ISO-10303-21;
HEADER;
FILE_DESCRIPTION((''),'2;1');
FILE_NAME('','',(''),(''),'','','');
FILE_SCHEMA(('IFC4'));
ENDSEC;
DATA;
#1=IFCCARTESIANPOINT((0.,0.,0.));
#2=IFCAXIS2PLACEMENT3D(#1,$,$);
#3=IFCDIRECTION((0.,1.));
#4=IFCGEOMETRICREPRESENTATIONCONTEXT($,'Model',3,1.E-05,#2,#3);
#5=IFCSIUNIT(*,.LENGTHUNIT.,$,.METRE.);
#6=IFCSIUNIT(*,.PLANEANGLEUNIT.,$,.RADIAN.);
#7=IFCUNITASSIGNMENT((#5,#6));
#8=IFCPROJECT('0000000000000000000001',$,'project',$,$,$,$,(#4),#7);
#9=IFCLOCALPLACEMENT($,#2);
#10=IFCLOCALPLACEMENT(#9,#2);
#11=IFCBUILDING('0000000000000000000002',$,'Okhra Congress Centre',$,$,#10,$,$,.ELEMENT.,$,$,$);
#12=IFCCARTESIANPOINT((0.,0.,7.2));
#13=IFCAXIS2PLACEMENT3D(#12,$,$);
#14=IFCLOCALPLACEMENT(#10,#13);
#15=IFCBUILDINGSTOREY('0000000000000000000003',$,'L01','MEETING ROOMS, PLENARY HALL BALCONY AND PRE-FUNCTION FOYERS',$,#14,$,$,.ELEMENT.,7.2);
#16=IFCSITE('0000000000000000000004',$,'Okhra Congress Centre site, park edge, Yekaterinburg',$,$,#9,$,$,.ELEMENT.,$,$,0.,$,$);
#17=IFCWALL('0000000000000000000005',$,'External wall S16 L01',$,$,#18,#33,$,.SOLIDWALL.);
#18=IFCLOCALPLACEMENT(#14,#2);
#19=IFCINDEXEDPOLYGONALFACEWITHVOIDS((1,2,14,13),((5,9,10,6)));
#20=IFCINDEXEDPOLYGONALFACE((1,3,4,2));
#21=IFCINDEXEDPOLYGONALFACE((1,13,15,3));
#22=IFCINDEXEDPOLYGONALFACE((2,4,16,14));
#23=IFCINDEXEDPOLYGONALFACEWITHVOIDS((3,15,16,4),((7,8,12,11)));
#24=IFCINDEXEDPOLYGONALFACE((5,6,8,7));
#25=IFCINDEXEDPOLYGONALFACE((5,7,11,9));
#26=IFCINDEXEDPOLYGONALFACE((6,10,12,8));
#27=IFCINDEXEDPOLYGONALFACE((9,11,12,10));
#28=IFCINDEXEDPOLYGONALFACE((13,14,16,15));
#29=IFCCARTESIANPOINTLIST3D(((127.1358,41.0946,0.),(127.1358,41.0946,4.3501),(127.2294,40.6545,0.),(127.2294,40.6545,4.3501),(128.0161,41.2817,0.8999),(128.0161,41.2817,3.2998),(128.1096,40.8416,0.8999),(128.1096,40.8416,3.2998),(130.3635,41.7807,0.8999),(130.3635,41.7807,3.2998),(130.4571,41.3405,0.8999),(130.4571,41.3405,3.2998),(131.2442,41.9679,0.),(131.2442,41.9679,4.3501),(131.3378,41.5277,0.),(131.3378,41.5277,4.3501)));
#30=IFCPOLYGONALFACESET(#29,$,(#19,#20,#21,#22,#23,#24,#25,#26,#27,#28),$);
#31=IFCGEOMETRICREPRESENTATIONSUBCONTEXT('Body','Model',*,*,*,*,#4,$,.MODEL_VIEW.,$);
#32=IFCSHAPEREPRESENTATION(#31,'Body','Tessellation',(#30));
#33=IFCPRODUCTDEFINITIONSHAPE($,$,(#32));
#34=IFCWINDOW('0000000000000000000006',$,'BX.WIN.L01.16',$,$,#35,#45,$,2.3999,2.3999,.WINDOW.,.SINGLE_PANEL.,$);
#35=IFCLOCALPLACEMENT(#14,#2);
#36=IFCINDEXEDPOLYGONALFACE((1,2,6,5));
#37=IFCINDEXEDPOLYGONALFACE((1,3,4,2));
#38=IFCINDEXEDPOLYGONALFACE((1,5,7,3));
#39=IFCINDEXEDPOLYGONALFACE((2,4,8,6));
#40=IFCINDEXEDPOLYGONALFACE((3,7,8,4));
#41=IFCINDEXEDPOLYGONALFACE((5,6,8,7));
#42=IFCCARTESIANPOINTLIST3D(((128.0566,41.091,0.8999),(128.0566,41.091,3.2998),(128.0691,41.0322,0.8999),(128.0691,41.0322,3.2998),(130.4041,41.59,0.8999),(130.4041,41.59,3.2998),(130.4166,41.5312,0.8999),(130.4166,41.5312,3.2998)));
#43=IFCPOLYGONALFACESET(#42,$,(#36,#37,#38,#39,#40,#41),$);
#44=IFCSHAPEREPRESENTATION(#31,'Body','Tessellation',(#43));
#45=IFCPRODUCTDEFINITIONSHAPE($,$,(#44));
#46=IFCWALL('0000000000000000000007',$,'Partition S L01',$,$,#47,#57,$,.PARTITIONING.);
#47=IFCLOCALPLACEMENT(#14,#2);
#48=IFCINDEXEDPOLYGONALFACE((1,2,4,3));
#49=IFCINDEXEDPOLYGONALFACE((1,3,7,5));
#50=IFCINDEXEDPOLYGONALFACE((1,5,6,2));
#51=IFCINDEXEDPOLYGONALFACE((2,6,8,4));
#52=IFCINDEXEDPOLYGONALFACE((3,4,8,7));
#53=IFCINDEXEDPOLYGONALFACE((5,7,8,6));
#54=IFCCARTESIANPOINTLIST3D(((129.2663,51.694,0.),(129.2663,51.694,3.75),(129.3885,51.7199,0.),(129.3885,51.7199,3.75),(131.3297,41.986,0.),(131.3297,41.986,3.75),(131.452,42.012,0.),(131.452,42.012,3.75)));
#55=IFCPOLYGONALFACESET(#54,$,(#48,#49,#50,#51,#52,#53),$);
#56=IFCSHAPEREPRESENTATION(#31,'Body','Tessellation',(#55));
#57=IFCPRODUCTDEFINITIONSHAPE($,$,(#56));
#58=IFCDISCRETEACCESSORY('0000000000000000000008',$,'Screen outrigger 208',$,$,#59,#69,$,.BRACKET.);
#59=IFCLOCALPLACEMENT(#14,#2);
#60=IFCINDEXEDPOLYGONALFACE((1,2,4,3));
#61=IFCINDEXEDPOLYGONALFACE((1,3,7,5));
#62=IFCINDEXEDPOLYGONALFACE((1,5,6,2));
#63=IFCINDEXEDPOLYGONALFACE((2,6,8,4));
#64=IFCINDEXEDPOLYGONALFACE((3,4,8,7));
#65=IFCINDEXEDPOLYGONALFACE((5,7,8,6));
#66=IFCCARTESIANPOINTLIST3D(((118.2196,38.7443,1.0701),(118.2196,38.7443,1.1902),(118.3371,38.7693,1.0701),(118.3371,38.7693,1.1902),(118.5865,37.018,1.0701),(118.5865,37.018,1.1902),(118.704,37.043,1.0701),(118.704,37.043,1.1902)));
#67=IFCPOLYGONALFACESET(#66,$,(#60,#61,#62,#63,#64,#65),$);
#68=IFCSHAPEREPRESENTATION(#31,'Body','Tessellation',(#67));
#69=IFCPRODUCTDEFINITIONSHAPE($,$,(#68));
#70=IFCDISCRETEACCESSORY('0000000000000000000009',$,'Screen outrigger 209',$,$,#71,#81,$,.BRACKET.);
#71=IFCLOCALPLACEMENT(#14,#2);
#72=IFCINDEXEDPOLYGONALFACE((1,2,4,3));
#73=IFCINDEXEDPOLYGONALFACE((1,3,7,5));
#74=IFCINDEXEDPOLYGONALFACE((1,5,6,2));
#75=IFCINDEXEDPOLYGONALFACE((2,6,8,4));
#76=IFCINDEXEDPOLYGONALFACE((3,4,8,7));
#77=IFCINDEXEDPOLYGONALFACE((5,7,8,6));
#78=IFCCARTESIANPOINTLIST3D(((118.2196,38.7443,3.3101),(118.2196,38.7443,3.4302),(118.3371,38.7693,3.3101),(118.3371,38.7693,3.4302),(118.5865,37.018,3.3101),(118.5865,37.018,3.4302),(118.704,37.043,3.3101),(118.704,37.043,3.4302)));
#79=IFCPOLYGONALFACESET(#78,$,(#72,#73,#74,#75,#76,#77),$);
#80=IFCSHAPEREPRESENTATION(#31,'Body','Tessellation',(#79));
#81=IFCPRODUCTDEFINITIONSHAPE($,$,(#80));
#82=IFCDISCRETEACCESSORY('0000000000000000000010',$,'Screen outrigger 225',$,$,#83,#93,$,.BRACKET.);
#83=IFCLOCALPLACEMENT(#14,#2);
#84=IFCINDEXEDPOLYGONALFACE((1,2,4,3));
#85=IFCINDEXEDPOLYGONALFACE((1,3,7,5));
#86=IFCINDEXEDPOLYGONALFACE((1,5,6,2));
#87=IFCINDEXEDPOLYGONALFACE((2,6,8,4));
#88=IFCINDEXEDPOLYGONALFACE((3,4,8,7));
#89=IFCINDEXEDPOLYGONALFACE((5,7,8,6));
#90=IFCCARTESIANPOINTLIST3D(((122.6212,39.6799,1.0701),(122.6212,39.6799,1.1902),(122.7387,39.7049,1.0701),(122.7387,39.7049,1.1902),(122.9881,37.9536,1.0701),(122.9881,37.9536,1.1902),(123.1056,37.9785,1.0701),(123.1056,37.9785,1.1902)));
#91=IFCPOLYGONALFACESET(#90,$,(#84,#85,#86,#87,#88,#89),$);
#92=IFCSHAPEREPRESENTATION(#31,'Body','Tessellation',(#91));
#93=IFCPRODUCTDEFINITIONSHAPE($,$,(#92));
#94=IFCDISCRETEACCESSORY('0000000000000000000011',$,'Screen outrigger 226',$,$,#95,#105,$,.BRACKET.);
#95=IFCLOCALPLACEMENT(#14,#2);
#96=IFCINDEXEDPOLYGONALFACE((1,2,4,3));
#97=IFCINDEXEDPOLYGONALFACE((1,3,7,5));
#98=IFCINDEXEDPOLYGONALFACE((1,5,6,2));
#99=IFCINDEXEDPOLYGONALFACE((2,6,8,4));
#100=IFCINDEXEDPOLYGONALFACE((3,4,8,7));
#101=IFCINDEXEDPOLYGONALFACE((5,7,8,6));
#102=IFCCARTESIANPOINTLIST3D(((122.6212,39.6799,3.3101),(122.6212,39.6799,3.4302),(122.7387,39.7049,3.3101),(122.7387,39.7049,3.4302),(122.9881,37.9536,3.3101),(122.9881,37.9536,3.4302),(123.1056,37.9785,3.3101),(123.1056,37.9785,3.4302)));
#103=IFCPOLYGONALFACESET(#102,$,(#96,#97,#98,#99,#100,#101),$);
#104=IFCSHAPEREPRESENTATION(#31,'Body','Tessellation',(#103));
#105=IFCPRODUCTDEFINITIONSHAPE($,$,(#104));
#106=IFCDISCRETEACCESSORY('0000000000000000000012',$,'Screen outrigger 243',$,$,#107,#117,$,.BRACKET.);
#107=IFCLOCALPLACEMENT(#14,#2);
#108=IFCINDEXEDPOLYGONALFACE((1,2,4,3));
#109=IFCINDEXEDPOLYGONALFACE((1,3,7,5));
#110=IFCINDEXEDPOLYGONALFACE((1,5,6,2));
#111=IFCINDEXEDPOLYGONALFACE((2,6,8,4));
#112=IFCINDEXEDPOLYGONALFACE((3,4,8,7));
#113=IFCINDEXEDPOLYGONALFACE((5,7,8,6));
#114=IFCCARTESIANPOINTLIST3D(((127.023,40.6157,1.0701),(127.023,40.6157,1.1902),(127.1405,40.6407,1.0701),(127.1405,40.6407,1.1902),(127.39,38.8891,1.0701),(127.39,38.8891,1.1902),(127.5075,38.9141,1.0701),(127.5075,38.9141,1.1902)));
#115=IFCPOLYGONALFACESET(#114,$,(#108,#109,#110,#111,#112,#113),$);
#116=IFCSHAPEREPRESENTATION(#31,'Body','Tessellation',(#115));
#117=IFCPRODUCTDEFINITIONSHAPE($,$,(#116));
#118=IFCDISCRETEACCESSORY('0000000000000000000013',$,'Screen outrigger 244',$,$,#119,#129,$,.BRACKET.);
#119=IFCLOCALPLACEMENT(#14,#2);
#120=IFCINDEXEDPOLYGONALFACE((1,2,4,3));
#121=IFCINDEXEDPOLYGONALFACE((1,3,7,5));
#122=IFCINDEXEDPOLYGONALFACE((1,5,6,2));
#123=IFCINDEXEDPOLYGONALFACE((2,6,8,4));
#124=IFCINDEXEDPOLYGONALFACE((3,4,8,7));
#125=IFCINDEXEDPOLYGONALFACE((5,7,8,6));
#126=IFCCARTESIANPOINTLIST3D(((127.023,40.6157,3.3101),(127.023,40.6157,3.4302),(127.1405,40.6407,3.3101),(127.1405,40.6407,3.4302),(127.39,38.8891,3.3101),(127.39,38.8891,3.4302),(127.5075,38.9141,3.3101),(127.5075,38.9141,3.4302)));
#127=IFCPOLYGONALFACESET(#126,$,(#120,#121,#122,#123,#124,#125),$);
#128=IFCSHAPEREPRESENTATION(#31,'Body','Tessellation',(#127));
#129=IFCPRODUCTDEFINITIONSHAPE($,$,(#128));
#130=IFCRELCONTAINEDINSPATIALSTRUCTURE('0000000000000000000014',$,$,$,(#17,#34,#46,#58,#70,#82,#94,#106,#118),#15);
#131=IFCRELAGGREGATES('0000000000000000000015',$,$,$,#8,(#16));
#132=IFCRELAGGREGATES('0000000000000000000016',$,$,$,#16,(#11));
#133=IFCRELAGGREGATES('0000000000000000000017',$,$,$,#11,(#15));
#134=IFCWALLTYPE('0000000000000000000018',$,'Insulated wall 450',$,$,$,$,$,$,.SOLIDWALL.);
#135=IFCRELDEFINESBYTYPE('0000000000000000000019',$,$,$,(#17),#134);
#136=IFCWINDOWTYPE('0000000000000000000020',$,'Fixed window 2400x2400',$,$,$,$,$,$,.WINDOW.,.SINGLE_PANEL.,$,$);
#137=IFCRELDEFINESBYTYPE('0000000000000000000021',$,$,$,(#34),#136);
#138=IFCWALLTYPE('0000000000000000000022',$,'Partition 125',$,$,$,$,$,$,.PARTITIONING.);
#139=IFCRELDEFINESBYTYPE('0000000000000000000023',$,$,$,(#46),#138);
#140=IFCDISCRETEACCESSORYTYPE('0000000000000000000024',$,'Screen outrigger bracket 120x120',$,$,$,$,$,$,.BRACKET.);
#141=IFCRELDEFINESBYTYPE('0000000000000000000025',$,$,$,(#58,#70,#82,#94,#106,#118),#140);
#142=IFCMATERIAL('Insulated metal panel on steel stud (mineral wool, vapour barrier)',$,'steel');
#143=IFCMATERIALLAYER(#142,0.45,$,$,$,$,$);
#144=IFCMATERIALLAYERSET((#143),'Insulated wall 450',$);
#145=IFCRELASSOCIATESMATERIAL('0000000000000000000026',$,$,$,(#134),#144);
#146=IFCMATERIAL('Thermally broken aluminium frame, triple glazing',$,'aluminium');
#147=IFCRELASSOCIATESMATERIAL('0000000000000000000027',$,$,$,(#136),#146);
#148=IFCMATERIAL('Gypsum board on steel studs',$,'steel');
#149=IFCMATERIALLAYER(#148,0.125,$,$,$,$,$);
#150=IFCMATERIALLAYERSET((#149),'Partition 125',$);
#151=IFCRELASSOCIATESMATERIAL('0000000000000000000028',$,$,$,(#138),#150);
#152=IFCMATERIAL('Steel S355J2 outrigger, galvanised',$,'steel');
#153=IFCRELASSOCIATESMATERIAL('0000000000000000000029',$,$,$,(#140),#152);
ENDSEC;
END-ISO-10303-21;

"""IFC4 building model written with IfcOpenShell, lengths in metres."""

from ifc_helpers import new_model, si_unit, direction, frame, frame_2d, origin, origin_2d, place, context, subcontext, project, spatial, rectangle, extrude, material, layer, layer_set, material_profile, profile_set, type_object, element, fill, save


model = new_model("IFC4")

# Units and contexts
model_context = context("Model", 3, precision=1e-05, world=origin(), true_north=direction((0.0, 1.0)))
body_context = subcontext(model_context, "Body", "Model", "MODEL_VIEW")
ifc_project = project(units=[si_unit("LENGTHUNIT", "METRE"), si_unit("PLANEANGLEUNIT", "RADIAN")], contexts=[model_context])

# Site, building, storey
site_placement = place(None, origin())
site = spatial("IfcSite", under=ifc_project, at=site_placement, Name="Okhra Congress Centre site, park edge, Yekaterinburg", CompositionType="ELEMENT", RefElevation=0.0)
building_placement = place(site_placement, origin())
building = spatial("IfcBuilding", under=site, at=building_placement, Name="Okhra Congress Centre", CompositionType="ELEMENT")
storey_placement = place(building_placement, frame((0.0, 0.0, 7.2)))
storey = spatial("IfcBuildingStorey", under=building, at=storey_placement, Name="L01", Description="MEETING ROOMS, PLENARY HALL BALCONY AND PRE-FUNCTION FOYERS", CompositionType="ELEMENT", Elevation=7.2)

# Wall, opening, window
ifc_material_1 = material(Name="Insulated metal panel on steel stud (mineral wool, vapour barrier)", Category="steel")
ifc_layer_1 = layer(ifc_material_1, 0.45)
ifc_layer_set_1 = layer_set([ifc_layer_1], Name="Insulated wall 450")
wall_type_1 = type_object("IfcWallType", Name="Insulated wall 450", PredefinedType="SOLIDWALL", material=ifc_layer_set_1)
ifc_material_2 = material(Name="Thermally broken aluminium frame, triple glazing", Category="aluminium")
window_type = type_object("IfcWindowType", Name="Fixed window 2400x2400", PartitioningType="SINGLE_PANEL", PredefinedType="WINDOW", material=ifc_material_2)
wall_1_placement = place(storey_placement, frame((127.1826, 40.8745, 0.0), z_axis=(0.0, 0.0, 1.0), x_axis=(0.978146, 0.207917, 0.0)))
wall_1 = element("IfcWall", 1, at=wall_1_placement, inside=storey, type_object=wall_type_1, Name="External wall S16 L01", PredefinedType="SOLIDWALL", context=body_context, shape_type="SweptSolid", body=[
    extrude(rectangle(XDim=4.2002, YDim=0.45, at=frame_2d((2.1001, 0.0))), origin(), (0.0, 0.0, 1.0), 4.3501),
])
opening_1_placement = place(wall_1_placement, frame((0.8999, 0.0, 0.8999)))
opening_1 = element("IfcOpeningElement", 2, at=opening_1_placement, cuts=wall_1, PredefinedType="OPENING", context=body_context, shape_type="SweptSolid", body=[
    extrude(rectangle(XDim=2.3999, YDim=2.3999, at=frame_2d((1.2, 1.2))), frame((0.0, 0.2349, 0.0), z_axis=(0.0, -1.0, 0.0), x_axis=(1.0, 0.0, 0.0)), (0.0, 0.0, 1.0), 0.47),
])
window_1_placement = place(opening_1_placement, origin())
window_1 = element("IfcWindow", 3, at=window_1_placement, inside=storey, type_object=window_type, Name="BX.WIN.L01.16", OverallHeight=2.3999, OverallWidth=2.3999, PartitioningType="SINGLE_PANEL", PredefinedType="WINDOW", context=body_context, shape_type="SweptSolid", body=[
    extrude(rectangle(XDim=2.3999, YDim=2.3999, at=frame_2d((1.2, 1.2))), frame((0.0, 0.03, 0.0), z_axis=(0.0, -1.0, 0.0), x_axis=(1.0, 0.0, 0.0)), (0.0, 0.0, 1.0), 0.0601),
])
fill(opening_1, window_1)

# Wall
ifc_material_3 = material(Name="Gypsum board on steel studs", Category="steel")
ifc_layer_2 = layer(ifc_material_3, 0.125)
ifc_layer_set_2 = layer_set([ifc_layer_2], Name="Partition 125")
wall_type_2 = type_object("IfcWallType", Name="Partition 125", PredefinedType="PARTITIONING", material=ifc_layer_set_2)
wall_2_placement = place(storey_placement, frame((131.3909, 41.999, 0.0), z_axis=(0.0, 0.0, 1.0), x_axis=(-0.207909, 0.978148, 0.0)))
element("IfcWall", 4, at=wall_2_placement, inside=storey, type_object=wall_type_2, Name="Partition S L01", PredefinedType="PARTITIONING", context=body_context, shape_type="SweptSolid", body=[
    extrude(rectangle(XDim=9.9248, YDim=0.125, at=frame_2d((4.9624, 0.0))), origin(), (0.0, 0.0, 1.0), 3.75),
])

# Discrete accessories
ifc_material_4 = material(Name="Steel S355J2 outrigger, galvanised", Category="steel")
ifc_material_profile_1 = material_profile(ifc_material_4, rectangle(XDim=0.1201, YDim=0.1201, at=origin_2d()), Name="Screen outrigger bracket 120x120")
ifc_profile_set_1 = profile_set([ifc_material_profile_1], Name="Steel S355J2 outrigger, galvanised")
discrete_accessory_type = type_object("IfcDiscreteAccessoryType", Name="Screen outrigger bracket 120x120", PredefinedType="BRACKET", material=ifc_profile_set_1)
for number, where, z_axis, x_axis, name in (
    (5, (118.2783, 38.7568, 1.1301), (0.207913, -0.978147, 0.0), (0.978147, 0.207913, 0.0), "Screen outrigger 208"),
    (6, (118.2783, 38.7568, 3.3701), (0.207913, -0.978147, 0.0), (0.978147, 0.207913, 0.0), "Screen outrigger 209"),
    (7, (122.6799, 39.6924, 1.1301), (0.207913, -0.978147, 0.0), (0.978147, 0.207913, 0.0), "Screen outrigger 225"),
    (8, (122.6799, 39.6924, 3.3701), (0.207913, -0.978147, 0.0), (0.978147, 0.207913, 0.0), "Screen outrigger 226"),
):
    element("IfcDiscreteAccessory", number, at=place(storey_placement, frame(where, z_axis=z_axis, x_axis=x_axis)), inside=storey, type_object=discrete_accessory_type, Name=name, PredefinedType="BRACKET", context=body_context, shape_type="SweptSolid", body=[
        extrude(rectangle(XDim=0.1201, YDim=0.1201, at=origin_2d()), origin(), (0.0, 0.0, 1.0), 1.7649),
    ])
for number, where, z_axis, x_axis, name in (
    (9, (127.0818, 40.6282, 1.1301), (0.207885, -0.978153, 0.0), (0.978153, 0.207885, 0.0), "Screen outrigger 243"),
    (10, (127.0818, 40.6282, 3.3701), (0.207885, -0.978153, 0.0), (0.978153, 0.207885, 0.0), "Screen outrigger 244"),
):
    element("IfcDiscreteAccessory", number, at=place(storey_placement, frame(where, z_axis=z_axis, x_axis=x_axis)), inside=storey, type_object=discrete_accessory_type, Name=name, PredefinedType="BRACKET", context=body_context, shape_type="SweptSolid", body=[
        extrude(rectangle(XDim=0.1201, YDim=0.1201, at=origin_2d()), origin(), (0.0, 0.0, 1.0), 1.7651),
    ])

save(model, "model.ifc")
